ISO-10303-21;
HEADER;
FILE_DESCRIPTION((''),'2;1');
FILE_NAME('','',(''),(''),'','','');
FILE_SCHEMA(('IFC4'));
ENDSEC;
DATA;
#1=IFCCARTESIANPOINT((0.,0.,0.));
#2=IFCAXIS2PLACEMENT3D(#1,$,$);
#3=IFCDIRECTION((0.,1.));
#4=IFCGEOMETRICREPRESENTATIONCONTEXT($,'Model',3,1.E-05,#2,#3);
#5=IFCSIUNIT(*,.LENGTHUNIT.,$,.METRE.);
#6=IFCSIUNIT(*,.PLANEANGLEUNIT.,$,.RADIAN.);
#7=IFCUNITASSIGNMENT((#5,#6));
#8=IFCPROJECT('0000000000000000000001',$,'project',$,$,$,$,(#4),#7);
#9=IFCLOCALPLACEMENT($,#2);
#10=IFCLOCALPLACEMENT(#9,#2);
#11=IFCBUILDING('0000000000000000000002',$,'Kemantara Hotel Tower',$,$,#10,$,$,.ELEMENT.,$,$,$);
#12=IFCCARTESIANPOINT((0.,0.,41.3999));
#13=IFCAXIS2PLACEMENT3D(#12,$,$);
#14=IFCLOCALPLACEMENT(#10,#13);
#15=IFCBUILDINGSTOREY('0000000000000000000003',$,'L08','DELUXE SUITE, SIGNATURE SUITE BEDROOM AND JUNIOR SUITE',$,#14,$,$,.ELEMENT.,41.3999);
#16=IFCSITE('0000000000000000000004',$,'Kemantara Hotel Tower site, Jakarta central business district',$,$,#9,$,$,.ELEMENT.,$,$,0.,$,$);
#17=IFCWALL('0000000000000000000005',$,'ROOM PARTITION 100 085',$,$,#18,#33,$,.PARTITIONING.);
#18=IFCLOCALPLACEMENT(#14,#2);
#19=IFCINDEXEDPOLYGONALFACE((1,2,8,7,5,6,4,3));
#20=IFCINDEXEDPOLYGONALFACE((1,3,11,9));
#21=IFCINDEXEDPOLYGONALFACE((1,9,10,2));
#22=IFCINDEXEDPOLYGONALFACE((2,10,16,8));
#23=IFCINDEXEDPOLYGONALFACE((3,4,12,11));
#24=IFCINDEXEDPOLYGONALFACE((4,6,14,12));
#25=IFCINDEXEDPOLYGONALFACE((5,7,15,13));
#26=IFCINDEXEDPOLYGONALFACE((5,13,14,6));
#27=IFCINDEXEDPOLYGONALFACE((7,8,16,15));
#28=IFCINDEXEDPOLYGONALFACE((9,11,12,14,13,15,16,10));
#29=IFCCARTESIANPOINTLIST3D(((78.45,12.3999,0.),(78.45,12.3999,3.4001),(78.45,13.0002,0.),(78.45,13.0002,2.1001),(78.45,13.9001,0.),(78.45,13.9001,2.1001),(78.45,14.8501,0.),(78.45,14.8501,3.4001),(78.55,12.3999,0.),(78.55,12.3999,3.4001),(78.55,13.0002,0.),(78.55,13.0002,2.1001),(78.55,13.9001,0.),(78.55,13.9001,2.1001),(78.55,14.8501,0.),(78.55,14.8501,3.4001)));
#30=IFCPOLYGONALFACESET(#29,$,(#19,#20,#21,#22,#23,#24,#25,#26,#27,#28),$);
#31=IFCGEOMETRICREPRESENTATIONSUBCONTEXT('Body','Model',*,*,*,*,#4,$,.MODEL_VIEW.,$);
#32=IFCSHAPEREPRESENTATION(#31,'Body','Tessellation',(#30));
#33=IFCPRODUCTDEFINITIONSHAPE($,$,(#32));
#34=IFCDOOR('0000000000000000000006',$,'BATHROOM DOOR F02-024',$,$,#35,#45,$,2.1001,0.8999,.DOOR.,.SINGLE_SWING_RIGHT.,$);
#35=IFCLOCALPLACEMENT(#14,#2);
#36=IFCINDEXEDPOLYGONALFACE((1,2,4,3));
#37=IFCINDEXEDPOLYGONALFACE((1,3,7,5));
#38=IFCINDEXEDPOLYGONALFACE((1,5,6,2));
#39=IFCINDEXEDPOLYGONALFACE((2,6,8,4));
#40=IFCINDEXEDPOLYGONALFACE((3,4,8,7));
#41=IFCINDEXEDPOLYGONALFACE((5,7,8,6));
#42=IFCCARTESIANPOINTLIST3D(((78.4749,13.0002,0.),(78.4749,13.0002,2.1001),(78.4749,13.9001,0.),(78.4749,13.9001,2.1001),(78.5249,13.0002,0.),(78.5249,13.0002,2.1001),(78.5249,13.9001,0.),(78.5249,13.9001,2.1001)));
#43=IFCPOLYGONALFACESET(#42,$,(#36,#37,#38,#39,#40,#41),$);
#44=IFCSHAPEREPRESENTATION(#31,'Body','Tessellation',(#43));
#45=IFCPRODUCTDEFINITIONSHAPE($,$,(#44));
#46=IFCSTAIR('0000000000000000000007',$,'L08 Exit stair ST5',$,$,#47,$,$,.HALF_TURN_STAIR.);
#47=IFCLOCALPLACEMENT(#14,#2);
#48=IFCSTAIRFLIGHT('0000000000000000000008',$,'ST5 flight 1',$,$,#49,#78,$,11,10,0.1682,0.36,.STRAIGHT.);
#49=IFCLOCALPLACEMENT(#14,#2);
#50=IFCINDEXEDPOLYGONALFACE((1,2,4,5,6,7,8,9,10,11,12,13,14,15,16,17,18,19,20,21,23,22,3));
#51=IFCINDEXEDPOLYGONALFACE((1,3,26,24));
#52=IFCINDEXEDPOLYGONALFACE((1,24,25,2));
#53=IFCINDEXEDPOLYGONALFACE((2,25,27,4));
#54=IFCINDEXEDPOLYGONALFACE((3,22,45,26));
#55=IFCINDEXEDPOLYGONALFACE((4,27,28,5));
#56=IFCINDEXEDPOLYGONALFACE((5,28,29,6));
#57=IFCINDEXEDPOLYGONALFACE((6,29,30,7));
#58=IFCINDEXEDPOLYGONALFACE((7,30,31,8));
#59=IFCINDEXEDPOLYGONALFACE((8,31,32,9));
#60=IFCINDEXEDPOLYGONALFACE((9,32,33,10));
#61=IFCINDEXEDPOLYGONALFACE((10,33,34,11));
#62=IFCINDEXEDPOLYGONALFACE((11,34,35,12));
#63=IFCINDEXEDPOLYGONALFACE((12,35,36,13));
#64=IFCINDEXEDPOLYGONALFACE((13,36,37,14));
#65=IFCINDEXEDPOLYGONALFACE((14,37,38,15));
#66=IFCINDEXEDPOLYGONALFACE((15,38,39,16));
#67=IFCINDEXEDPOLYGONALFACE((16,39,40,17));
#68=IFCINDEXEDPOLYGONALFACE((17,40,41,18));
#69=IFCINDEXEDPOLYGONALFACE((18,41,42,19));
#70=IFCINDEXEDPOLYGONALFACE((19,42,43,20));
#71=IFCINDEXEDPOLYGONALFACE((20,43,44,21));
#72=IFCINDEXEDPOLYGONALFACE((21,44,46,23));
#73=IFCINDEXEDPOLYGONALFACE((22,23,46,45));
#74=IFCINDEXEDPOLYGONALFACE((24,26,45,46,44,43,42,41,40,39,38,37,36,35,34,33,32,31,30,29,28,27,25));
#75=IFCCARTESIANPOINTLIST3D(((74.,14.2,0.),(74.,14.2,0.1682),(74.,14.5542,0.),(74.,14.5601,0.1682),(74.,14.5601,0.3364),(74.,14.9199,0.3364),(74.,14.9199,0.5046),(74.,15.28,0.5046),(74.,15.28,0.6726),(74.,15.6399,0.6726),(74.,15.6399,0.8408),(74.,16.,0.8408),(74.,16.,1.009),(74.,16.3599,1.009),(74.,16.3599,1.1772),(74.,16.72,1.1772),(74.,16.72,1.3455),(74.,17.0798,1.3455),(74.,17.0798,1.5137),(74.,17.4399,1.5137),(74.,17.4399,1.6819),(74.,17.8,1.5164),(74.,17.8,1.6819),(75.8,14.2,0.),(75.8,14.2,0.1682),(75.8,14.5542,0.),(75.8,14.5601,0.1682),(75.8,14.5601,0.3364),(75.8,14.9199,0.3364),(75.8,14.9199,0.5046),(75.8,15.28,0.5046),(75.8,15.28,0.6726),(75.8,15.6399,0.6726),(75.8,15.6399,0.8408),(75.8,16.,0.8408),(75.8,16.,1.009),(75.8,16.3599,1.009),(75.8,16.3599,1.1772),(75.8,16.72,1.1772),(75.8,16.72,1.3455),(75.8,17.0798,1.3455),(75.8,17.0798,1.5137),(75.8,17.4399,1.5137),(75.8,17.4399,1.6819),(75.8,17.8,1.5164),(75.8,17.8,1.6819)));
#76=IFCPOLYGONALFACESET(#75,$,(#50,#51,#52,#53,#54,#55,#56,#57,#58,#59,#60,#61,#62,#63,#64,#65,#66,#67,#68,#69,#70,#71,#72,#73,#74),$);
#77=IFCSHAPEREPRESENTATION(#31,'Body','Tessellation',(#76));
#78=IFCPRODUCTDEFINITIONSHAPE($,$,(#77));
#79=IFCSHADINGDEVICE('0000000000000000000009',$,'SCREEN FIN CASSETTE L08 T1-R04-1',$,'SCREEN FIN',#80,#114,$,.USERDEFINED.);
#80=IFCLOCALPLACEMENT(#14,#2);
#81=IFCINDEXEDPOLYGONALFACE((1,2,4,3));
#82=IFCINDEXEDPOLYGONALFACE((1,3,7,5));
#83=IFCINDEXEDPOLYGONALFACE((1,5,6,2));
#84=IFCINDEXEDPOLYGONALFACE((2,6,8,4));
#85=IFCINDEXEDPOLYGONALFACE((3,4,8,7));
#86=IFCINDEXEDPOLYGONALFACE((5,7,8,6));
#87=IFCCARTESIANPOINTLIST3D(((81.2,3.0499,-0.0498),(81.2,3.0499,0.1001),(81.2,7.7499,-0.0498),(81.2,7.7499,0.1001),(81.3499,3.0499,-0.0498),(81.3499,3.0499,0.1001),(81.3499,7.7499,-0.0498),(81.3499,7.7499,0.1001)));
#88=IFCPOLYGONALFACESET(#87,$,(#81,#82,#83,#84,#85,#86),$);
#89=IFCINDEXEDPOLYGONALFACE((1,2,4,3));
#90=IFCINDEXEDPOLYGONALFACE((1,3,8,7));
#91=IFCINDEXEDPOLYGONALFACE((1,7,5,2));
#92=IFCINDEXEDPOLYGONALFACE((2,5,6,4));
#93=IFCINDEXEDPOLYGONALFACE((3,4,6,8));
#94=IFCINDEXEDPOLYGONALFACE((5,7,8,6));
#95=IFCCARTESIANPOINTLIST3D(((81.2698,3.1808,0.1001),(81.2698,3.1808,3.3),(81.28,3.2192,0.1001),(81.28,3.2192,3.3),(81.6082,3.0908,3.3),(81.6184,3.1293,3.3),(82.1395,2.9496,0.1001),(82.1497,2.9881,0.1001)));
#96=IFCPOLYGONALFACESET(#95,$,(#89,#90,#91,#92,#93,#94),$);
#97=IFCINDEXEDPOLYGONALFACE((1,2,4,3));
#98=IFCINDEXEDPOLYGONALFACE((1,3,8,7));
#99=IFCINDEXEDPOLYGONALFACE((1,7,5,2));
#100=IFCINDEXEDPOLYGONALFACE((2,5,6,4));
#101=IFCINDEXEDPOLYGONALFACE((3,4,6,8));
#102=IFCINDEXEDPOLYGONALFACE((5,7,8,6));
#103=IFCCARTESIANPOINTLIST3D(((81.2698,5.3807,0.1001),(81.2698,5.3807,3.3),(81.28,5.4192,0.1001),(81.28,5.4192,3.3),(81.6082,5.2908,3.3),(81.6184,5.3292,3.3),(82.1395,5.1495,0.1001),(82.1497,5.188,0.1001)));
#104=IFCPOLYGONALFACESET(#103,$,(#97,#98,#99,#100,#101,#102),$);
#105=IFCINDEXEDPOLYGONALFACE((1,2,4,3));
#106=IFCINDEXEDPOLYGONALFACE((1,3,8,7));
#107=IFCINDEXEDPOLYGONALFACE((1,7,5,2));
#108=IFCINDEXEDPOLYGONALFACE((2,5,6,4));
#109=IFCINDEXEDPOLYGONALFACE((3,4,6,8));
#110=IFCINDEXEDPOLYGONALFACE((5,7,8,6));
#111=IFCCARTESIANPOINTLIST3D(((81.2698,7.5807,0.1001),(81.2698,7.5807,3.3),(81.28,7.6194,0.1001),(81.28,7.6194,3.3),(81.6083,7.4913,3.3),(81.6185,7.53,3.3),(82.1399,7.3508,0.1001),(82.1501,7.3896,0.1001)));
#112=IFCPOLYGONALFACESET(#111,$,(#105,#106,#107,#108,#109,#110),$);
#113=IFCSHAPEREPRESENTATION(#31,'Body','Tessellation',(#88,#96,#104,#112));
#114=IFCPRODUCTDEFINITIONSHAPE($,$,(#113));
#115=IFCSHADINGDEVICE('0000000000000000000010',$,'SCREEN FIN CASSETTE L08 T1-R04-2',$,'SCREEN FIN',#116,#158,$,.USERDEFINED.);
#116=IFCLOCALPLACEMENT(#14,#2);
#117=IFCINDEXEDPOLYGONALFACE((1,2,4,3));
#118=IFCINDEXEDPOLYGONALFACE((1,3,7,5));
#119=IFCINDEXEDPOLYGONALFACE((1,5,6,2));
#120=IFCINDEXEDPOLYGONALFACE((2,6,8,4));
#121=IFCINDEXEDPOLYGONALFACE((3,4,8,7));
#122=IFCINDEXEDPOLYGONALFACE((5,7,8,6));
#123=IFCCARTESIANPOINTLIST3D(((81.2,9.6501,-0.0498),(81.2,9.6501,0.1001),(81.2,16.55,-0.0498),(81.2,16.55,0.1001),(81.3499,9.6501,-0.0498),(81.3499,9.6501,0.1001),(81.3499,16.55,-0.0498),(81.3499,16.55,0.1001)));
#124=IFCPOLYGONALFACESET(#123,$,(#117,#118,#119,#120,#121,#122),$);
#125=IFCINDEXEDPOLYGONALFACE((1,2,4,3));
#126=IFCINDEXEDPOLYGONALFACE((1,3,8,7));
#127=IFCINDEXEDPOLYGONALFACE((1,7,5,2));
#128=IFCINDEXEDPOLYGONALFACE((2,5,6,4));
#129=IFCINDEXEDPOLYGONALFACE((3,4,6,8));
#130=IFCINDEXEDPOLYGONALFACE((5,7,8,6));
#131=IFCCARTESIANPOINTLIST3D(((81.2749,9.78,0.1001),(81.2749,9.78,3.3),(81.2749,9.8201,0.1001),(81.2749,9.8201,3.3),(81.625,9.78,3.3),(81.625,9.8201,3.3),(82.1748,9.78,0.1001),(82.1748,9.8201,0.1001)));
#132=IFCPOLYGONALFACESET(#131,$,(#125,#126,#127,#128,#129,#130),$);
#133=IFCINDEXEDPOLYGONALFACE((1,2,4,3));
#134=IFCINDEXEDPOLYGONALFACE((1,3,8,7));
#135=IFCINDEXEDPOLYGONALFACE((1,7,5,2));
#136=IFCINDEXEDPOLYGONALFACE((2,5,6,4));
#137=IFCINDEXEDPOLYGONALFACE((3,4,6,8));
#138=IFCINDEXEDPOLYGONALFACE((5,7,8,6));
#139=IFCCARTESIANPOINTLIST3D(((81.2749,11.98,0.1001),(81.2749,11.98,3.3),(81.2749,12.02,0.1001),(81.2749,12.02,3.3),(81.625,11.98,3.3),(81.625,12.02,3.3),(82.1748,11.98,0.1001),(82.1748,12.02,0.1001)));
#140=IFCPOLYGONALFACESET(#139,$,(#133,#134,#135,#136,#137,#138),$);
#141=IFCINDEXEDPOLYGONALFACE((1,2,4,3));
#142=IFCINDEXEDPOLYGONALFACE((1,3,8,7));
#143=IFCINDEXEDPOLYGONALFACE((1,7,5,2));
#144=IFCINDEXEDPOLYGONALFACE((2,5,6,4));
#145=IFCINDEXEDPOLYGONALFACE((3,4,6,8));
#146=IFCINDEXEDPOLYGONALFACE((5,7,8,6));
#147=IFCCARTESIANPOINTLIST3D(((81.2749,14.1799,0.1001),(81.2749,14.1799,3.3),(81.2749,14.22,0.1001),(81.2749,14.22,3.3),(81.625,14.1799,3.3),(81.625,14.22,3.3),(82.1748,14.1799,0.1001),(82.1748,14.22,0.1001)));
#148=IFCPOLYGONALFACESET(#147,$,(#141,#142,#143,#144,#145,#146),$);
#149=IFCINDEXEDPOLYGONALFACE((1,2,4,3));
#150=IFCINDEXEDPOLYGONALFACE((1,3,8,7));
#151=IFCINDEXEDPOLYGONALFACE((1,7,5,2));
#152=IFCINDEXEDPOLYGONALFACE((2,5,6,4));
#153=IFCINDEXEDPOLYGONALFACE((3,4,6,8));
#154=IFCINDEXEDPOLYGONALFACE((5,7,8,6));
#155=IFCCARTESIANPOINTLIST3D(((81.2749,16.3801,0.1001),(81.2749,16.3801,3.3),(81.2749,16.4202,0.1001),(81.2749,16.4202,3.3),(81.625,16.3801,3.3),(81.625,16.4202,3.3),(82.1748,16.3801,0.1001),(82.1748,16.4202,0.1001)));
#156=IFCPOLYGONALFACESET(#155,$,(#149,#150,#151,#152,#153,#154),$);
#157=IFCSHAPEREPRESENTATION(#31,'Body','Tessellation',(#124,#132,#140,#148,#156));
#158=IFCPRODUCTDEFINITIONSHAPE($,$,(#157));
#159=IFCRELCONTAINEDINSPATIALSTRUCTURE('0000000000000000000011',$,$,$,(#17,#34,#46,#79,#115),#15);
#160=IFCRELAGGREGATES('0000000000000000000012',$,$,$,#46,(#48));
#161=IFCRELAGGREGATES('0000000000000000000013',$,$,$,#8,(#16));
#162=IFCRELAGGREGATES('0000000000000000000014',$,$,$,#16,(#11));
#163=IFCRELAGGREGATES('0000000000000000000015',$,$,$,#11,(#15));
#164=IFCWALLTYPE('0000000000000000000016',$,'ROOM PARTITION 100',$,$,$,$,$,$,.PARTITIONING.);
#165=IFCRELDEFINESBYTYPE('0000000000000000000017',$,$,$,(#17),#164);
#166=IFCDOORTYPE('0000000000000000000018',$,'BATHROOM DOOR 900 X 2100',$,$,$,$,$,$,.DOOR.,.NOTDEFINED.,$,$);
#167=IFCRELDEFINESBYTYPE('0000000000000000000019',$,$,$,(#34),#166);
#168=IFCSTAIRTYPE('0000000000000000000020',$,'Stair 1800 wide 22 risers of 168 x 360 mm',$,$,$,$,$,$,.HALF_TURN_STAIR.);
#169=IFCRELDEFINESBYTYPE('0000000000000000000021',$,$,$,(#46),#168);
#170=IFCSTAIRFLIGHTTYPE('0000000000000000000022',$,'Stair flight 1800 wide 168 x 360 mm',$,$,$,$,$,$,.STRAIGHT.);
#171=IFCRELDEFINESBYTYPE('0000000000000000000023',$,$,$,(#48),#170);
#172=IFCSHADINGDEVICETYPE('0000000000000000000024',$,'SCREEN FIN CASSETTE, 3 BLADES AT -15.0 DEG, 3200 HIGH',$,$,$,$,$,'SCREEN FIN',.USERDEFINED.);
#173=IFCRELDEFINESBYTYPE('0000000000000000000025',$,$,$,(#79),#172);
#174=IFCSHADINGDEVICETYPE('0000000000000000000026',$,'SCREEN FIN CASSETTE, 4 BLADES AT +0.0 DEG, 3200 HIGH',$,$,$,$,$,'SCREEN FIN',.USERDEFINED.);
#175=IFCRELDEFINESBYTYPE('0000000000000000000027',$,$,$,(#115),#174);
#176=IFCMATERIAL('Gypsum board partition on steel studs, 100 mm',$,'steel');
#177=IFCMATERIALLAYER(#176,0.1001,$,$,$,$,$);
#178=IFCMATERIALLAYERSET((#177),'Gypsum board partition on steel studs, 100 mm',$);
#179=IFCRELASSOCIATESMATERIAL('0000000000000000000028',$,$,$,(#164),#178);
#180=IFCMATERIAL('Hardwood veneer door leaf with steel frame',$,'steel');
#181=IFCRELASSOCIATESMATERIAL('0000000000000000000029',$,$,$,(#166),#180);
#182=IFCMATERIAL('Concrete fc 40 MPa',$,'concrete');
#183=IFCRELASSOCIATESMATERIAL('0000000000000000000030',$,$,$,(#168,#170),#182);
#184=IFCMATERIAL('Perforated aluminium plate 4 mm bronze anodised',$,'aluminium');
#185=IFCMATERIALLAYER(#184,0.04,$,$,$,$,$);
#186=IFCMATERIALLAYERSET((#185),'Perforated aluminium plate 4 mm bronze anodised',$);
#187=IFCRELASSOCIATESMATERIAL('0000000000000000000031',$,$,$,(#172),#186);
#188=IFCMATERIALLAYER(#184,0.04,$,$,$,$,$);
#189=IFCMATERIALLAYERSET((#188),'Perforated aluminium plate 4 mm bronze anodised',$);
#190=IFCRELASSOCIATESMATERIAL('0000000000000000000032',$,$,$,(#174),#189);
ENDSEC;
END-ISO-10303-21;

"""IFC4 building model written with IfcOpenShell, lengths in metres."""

from ifc_helpers import new_model, si_unit, direction, frame, frame_2d, origin, origin_2d, place, context, subcontext, project, spatial, polyline, rectangle, outline, extrude, source, transform, mapped, material, layer, layer_set, type_object, element, fill, aggregate, save


model = new_model("IFC4")

# Units and contexts
model_context = context("Model", 3, precision=1e-05, world=origin(), true_north=direction((0.0, 1.0)))
body_context = subcontext(model_context, "Body", "Model", "MODEL_VIEW")
ifc_project = project(units=[si_unit("LENGTHUNIT", "METRE"), si_unit("PLANEANGLEUNIT", "RADIAN")], contexts=[model_context])

# Site, building, storey
site_placement = place(None, origin())
site = spatial("IfcSite", under=ifc_project, at=site_placement, Name="Kemantara Hotel Tower site, Jakarta central business district", CompositionType="ELEMENT", RefElevation=0.0)
building_placement = place(site_placement, origin())
building = spatial("IfcBuilding", under=site, at=building_placement, Name="Kemantara Hotel Tower", CompositionType="ELEMENT")
storey_placement = place(building_placement, frame((0.0, 0.0, 41.3999)))
storey = spatial("IfcBuildingStorey", under=building, at=storey_placement, Name="L08", Description="DELUXE SUITE, SIGNATURE SUITE BEDROOM AND JUNIOR SUITE", CompositionType="ELEMENT", Elevation=41.3999)

# Shared definitions
ifc_material_1 = material(Name="Hardwood veneer door leaf with steel frame", Category="steel")

# Shared definitions
ifc_material_2 = material(Name="Concrete fc 40 MPa", Category="concrete")
ifc_material_3 = material(Name="Gypsum board partition on steel studs, 100 mm", Category="steel")
ifc_layer_1 = layer(ifc_material_3, 0.1001)
ifc_layer_set_1 = layer_set([ifc_layer_1], Name="Gypsum board partition on steel studs, 100 mm")
wall_type_1 = type_object("IfcWallType", Name="ROOM PARTITION 100", PredefinedType="PARTITIONING", material=ifc_layer_set_1)

# Shared definitions
door_type_1 = type_object("IfcDoorType", Name="BATHROOM DOOR 900 X 2100", OperationType="NOTDEFINED", PredefinedType="DOOR", material=ifc_material_1)

# Wall, opening, door
wall_1_placement = place(storey_placement, frame((78.5, 14.8501, 0.0), z_axis=(0.0, 0.0, 1.0), x_axis=(0.0, -1.0, 0.0)))
wall_1 = element("IfcWall", 1, at=wall_1_placement, inside=storey, type_object=wall_type_1, Name="ROOM PARTITION 100 085", PredefinedType="PARTITIONING", context=body_context, shape_type="SweptSolid", body=[
    extrude(rectangle(XDim=2.4502, YDim=0.1001, at=frame_2d((1.2251, 0.0))), origin(), (0.0, 0.0, 1.0), 3.4001),
])
opening_1_placement = place(wall_1_placement, frame((0.95, 0.0, 0.0)))
opening_1 = element("IfcOpeningElement", 2, at=opening_1_placement, cuts=wall_1, PredefinedType="OPENING", context=body_context, shape_type="SweptSolid", body=[
    extrude(rectangle(XDim=0.8999, YDim=2.1001, at=frame_2d((0.45, 1.05))), frame((0.0, 0.0601, 0.0), z_axis=(0.0, -1.0, 0.0), x_axis=(1.0, 0.0, 0.0)), (0.0, 0.0, 1.0), 0.1201),
])
door_1_placement = place(opening_1_placement, origin())
door_1 = element("IfcDoor", 3, at=door_1_placement, inside=storey, type_object=door_type_1, Name="BATHROOM DOOR F02-024", OperationType="SINGLE_SWING_RIGHT", OverallHeight=2.1001, OverallWidth=0.8999, PredefinedType="DOOR", context=body_context, shape_type="SweptSolid", body=[
    extrude(rectangle(XDim=0.8999, YDim=2.1001, at=frame_2d((0.45, 1.05))), frame((0.0, 0.0249, 0.0), z_axis=(0.0, -1.0, 0.0), x_axis=(1.0, 0.0, 0.0)), (0.0, 0.0, 1.0), 0.05),
])
fill(opening_1, door_1)

# Stair, stair flight
stair_type = type_object("IfcStairType", Name="Stair 1800 wide 22 risers of 168 x 360 mm", PredefinedType="HALF_TURN_STAIR", material=ifc_material_2)
stair_placement = place(storey_placement, origin())
stair = element("IfcStair", 4, at=stair_placement, inside=storey, type_object=stair_type, Name="L08 Exit stair ST5", PredefinedType="HALF_TURN_STAIR")
stair_flight_type = type_object("IfcStairFlightType", Name="Stair flight 1800 wide 168 x 360 mm", PredefinedType="STRAIGHT", material=ifc_material_2)
stair_flight_placement = place(storey_placement, frame((74.8999, 14.2, 0.0), z_axis=(0.0, 0.0, 1.0), x_axis=(0.0, 1.0, 0.0)))
stair_flight = element("IfcStairFlight", 5, at=stair_flight_placement, type_object=stair_flight_type, Name="ST5 flight 1", NumberOfRisers=11, NumberOfTreads=10, PredefinedType="STRAIGHT", RiserHeight=0.1682, TreadLength=0.36, context=body_context, shape_type="SweptSolid", body=[
    extrude(outline(polyline([(0.0, 0.0), (0.0, 0.1682), (0.3601, 0.1682), (0.3601, 0.3364), (0.72, 0.3364), (0.72, 0.5046), (1.0801, 0.5046), (1.0801, 0.6726), (1.4399, 0.6726), (1.4399, 0.8408), (1.8, 0.8408), (1.8, 1.009), (2.1599, 1.009), (2.1599, 1.1772), (2.52, 1.1772), (2.52, 1.3455), (2.8799, 1.3455), (2.8799, 1.5137), (3.24, 1.5137), (3.24, 1.6819), (3.6001, 1.6819), (3.6001, 1.8501), (3.6001, 1.5164), (0.3542, 0.0), (0.0, 0.0)])), frame((0.0, 0.8999, 0.0), z_axis=(0.0, -1.0, 0.0), x_axis=(1.0, 0.0, 0.0)), (0.0, 0.0, 1.0), 1.8),
])
aggregate(stair, [stair_flight])

# Shading devices
ifc_material_4 = material(Name="Perforated aluminium plate 4 mm bronze anodised", Category="aluminium")
ifc_layer_2 = layer(ifc_material_4, 0.04)
ifc_layer_set_2 = layer_set([ifc_layer_2], Name="Perforated aluminium plate 4 mm bronze anodised")
shading_device_type_1 = type_object("IfcShadingDeviceType", Name="SCREEN FIN CASSETTE, 3 BLADES AT -15.0 DEG, 3200 HIGH", ElementType="SCREEN FIN", PredefinedType="USERDEFINED", material=ifc_layer_set_2)
shared_shape_1 = source(origin(), body_context, "Body", "SweptSolid", [
    extrude(rectangle(XDim=4.7, YDim=0.1499, at=origin_2d()), frame((2.2, -0.075, -0.1499), z_axis=(0.0, 0.0, 1.0), x_axis=(1.0, 0.0, 0.0)), (0.0, 0.0, 1.0), 0.1499),
    extrude(outline(polyline([(0.0, 0.0), (0.8999, 0.0), (0.3501, 3.2), (0.0, 3.2), (0.0, 0.0)])), frame((0.0193, -0.0801, 0.0), z_axis=(-0.966438, 0.256901, 0.0), x_axis=(-0.256901, -0.966438, 0.0)), (0.0, 0.0, 1.0), 0.0398),
    extrude(outline(polyline([(0.0, 0.0), (0.8999, 0.0), (0.3501, 3.2), (0.0, 3.2), (0.0, 0.0)])), frame((2.2192, -0.0801, 0.0), z_axis=(-0.966438, 0.256901, 0.0), x_axis=(-0.256901, -0.966438, 0.0)), (0.0, 0.0, 1.0), 0.0398),
    extrude(outline(polyline([(0.0, 0.0), (0.8999, 0.0), (0.3501, 3.2), (0.0, 3.2), (0.0, 0.0)])), frame((4.4194, -0.0801, 0.0), z_axis=(-0.966838, 0.255391, 0.0), x_axis=(-0.255391, -0.966838, 0.0)), (0.0, 0.0, 1.0), 0.04),
])
shading_device_1_placement = place(storey_placement, frame((81.2, 3.2, 0.1001), z_axis=(0.0, 0.0, 1.0), x_axis=(0.0, 1.0, 0.0)))
element("IfcShadingDevice", 6, at=shading_device_1_placement, inside=storey, type_object=shading_device_type_1, Name="SCREEN FIN CASSETTE L08 T1-R04-1", ObjectType="SCREEN FIN", PredefinedType="USERDEFINED", context=body_context, shape_type="MappedRepresentation", body=[
    mapped(shared_shape_1, transform((0.0, 0.0, 0.0))),
])
ifc_layer_3 = layer(ifc_material_4, 0.04)
ifc_layer_set_3 = layer_set([ifc_layer_3], Name="Perforated aluminium plate 4 mm bronze anodised")
shading_device_type_2 = type_object("IfcShadingDeviceType", Name="SCREEN FIN CASSETTE, 4 BLADES AT +0.0 DEG, 3200 HIGH", ElementType="SCREEN FIN", PredefinedType="USERDEFINED", material=ifc_layer_set_3)
shared_shape_2 = source(origin(), body_context, "Body", "SweptSolid", [
    extrude(rectangle(XDim=6.8999, YDim=0.1499, at=origin_2d()), frame((3.3, -0.075, -0.1499), z_axis=(0.0, 0.0, 1.0), x_axis=(1.0, 0.0, 0.0)), (0.0, 0.0, 1.0), 0.1499),
    extrude(outline(polyline([(0.0, 0.0), (0.8999, 0.0), (0.3501, 3.2), (0.0, 3.2), (0.0, 0.0)])), frame((0.02, -0.075, 0.0), z_axis=(-1.0, 0.0, 0.0), x_axis=(0.0, -1.0, 0.0)), (0.0, 0.0, 1.0), 0.04),
    extrude(outline(polyline([(0.0, 0.0), (0.8999, 0.0), (0.3501, 3.2), (0.0, 3.2), (0.0, 0.0)])), frame((2.22, -0.075, 0.0), z_axis=(-1.0, 0.0, 0.0), x_axis=(0.0, -1.0, 0.0)), (0.0, 0.0, 1.0), 0.04),
    extrude(outline(polyline([(0.0, 0.0), (0.8999, 0.0), (0.3501, 3.2), (0.0, 3.2), (0.0, 0.0)])), frame((4.4199, -0.075, 0.0), z_axis=(-1.0, 0.0, 0.0), x_axis=(0.0, -1.0, 0.0)), (0.0, 0.0, 1.0), 0.04),
    extrude(outline(polyline([(0.0, 0.0), (0.8999, 0.0), (0.3501, 3.2), (0.0, 3.2), (0.0, 0.0)])), frame((6.6201, -0.075, 0.0), z_axis=(-1.0, 0.0, 0.0), x_axis=(0.0, -1.0, 0.0)), (0.0, 0.0, 1.0), 0.04),
])
shading_device_2_placement = place(storey_placement, frame((81.2, 9.8, 0.1001), z_axis=(0.0, 0.0, 1.0), x_axis=(0.0, 1.0, 0.0)))
element("IfcShadingDevice", 7, at=shading_device_2_placement, inside=storey, type_object=shading_device_type_2, Name="SCREEN FIN CASSETTE L08 T1-R04-2", ObjectType="SCREEN FIN", PredefinedType="USERDEFINED", context=body_context, shape_type="MappedRepresentation", body=[
    mapped(shared_shape_2, transform((0.0, 0.0, 0.0))),
])

save(model, "model.ifc")
